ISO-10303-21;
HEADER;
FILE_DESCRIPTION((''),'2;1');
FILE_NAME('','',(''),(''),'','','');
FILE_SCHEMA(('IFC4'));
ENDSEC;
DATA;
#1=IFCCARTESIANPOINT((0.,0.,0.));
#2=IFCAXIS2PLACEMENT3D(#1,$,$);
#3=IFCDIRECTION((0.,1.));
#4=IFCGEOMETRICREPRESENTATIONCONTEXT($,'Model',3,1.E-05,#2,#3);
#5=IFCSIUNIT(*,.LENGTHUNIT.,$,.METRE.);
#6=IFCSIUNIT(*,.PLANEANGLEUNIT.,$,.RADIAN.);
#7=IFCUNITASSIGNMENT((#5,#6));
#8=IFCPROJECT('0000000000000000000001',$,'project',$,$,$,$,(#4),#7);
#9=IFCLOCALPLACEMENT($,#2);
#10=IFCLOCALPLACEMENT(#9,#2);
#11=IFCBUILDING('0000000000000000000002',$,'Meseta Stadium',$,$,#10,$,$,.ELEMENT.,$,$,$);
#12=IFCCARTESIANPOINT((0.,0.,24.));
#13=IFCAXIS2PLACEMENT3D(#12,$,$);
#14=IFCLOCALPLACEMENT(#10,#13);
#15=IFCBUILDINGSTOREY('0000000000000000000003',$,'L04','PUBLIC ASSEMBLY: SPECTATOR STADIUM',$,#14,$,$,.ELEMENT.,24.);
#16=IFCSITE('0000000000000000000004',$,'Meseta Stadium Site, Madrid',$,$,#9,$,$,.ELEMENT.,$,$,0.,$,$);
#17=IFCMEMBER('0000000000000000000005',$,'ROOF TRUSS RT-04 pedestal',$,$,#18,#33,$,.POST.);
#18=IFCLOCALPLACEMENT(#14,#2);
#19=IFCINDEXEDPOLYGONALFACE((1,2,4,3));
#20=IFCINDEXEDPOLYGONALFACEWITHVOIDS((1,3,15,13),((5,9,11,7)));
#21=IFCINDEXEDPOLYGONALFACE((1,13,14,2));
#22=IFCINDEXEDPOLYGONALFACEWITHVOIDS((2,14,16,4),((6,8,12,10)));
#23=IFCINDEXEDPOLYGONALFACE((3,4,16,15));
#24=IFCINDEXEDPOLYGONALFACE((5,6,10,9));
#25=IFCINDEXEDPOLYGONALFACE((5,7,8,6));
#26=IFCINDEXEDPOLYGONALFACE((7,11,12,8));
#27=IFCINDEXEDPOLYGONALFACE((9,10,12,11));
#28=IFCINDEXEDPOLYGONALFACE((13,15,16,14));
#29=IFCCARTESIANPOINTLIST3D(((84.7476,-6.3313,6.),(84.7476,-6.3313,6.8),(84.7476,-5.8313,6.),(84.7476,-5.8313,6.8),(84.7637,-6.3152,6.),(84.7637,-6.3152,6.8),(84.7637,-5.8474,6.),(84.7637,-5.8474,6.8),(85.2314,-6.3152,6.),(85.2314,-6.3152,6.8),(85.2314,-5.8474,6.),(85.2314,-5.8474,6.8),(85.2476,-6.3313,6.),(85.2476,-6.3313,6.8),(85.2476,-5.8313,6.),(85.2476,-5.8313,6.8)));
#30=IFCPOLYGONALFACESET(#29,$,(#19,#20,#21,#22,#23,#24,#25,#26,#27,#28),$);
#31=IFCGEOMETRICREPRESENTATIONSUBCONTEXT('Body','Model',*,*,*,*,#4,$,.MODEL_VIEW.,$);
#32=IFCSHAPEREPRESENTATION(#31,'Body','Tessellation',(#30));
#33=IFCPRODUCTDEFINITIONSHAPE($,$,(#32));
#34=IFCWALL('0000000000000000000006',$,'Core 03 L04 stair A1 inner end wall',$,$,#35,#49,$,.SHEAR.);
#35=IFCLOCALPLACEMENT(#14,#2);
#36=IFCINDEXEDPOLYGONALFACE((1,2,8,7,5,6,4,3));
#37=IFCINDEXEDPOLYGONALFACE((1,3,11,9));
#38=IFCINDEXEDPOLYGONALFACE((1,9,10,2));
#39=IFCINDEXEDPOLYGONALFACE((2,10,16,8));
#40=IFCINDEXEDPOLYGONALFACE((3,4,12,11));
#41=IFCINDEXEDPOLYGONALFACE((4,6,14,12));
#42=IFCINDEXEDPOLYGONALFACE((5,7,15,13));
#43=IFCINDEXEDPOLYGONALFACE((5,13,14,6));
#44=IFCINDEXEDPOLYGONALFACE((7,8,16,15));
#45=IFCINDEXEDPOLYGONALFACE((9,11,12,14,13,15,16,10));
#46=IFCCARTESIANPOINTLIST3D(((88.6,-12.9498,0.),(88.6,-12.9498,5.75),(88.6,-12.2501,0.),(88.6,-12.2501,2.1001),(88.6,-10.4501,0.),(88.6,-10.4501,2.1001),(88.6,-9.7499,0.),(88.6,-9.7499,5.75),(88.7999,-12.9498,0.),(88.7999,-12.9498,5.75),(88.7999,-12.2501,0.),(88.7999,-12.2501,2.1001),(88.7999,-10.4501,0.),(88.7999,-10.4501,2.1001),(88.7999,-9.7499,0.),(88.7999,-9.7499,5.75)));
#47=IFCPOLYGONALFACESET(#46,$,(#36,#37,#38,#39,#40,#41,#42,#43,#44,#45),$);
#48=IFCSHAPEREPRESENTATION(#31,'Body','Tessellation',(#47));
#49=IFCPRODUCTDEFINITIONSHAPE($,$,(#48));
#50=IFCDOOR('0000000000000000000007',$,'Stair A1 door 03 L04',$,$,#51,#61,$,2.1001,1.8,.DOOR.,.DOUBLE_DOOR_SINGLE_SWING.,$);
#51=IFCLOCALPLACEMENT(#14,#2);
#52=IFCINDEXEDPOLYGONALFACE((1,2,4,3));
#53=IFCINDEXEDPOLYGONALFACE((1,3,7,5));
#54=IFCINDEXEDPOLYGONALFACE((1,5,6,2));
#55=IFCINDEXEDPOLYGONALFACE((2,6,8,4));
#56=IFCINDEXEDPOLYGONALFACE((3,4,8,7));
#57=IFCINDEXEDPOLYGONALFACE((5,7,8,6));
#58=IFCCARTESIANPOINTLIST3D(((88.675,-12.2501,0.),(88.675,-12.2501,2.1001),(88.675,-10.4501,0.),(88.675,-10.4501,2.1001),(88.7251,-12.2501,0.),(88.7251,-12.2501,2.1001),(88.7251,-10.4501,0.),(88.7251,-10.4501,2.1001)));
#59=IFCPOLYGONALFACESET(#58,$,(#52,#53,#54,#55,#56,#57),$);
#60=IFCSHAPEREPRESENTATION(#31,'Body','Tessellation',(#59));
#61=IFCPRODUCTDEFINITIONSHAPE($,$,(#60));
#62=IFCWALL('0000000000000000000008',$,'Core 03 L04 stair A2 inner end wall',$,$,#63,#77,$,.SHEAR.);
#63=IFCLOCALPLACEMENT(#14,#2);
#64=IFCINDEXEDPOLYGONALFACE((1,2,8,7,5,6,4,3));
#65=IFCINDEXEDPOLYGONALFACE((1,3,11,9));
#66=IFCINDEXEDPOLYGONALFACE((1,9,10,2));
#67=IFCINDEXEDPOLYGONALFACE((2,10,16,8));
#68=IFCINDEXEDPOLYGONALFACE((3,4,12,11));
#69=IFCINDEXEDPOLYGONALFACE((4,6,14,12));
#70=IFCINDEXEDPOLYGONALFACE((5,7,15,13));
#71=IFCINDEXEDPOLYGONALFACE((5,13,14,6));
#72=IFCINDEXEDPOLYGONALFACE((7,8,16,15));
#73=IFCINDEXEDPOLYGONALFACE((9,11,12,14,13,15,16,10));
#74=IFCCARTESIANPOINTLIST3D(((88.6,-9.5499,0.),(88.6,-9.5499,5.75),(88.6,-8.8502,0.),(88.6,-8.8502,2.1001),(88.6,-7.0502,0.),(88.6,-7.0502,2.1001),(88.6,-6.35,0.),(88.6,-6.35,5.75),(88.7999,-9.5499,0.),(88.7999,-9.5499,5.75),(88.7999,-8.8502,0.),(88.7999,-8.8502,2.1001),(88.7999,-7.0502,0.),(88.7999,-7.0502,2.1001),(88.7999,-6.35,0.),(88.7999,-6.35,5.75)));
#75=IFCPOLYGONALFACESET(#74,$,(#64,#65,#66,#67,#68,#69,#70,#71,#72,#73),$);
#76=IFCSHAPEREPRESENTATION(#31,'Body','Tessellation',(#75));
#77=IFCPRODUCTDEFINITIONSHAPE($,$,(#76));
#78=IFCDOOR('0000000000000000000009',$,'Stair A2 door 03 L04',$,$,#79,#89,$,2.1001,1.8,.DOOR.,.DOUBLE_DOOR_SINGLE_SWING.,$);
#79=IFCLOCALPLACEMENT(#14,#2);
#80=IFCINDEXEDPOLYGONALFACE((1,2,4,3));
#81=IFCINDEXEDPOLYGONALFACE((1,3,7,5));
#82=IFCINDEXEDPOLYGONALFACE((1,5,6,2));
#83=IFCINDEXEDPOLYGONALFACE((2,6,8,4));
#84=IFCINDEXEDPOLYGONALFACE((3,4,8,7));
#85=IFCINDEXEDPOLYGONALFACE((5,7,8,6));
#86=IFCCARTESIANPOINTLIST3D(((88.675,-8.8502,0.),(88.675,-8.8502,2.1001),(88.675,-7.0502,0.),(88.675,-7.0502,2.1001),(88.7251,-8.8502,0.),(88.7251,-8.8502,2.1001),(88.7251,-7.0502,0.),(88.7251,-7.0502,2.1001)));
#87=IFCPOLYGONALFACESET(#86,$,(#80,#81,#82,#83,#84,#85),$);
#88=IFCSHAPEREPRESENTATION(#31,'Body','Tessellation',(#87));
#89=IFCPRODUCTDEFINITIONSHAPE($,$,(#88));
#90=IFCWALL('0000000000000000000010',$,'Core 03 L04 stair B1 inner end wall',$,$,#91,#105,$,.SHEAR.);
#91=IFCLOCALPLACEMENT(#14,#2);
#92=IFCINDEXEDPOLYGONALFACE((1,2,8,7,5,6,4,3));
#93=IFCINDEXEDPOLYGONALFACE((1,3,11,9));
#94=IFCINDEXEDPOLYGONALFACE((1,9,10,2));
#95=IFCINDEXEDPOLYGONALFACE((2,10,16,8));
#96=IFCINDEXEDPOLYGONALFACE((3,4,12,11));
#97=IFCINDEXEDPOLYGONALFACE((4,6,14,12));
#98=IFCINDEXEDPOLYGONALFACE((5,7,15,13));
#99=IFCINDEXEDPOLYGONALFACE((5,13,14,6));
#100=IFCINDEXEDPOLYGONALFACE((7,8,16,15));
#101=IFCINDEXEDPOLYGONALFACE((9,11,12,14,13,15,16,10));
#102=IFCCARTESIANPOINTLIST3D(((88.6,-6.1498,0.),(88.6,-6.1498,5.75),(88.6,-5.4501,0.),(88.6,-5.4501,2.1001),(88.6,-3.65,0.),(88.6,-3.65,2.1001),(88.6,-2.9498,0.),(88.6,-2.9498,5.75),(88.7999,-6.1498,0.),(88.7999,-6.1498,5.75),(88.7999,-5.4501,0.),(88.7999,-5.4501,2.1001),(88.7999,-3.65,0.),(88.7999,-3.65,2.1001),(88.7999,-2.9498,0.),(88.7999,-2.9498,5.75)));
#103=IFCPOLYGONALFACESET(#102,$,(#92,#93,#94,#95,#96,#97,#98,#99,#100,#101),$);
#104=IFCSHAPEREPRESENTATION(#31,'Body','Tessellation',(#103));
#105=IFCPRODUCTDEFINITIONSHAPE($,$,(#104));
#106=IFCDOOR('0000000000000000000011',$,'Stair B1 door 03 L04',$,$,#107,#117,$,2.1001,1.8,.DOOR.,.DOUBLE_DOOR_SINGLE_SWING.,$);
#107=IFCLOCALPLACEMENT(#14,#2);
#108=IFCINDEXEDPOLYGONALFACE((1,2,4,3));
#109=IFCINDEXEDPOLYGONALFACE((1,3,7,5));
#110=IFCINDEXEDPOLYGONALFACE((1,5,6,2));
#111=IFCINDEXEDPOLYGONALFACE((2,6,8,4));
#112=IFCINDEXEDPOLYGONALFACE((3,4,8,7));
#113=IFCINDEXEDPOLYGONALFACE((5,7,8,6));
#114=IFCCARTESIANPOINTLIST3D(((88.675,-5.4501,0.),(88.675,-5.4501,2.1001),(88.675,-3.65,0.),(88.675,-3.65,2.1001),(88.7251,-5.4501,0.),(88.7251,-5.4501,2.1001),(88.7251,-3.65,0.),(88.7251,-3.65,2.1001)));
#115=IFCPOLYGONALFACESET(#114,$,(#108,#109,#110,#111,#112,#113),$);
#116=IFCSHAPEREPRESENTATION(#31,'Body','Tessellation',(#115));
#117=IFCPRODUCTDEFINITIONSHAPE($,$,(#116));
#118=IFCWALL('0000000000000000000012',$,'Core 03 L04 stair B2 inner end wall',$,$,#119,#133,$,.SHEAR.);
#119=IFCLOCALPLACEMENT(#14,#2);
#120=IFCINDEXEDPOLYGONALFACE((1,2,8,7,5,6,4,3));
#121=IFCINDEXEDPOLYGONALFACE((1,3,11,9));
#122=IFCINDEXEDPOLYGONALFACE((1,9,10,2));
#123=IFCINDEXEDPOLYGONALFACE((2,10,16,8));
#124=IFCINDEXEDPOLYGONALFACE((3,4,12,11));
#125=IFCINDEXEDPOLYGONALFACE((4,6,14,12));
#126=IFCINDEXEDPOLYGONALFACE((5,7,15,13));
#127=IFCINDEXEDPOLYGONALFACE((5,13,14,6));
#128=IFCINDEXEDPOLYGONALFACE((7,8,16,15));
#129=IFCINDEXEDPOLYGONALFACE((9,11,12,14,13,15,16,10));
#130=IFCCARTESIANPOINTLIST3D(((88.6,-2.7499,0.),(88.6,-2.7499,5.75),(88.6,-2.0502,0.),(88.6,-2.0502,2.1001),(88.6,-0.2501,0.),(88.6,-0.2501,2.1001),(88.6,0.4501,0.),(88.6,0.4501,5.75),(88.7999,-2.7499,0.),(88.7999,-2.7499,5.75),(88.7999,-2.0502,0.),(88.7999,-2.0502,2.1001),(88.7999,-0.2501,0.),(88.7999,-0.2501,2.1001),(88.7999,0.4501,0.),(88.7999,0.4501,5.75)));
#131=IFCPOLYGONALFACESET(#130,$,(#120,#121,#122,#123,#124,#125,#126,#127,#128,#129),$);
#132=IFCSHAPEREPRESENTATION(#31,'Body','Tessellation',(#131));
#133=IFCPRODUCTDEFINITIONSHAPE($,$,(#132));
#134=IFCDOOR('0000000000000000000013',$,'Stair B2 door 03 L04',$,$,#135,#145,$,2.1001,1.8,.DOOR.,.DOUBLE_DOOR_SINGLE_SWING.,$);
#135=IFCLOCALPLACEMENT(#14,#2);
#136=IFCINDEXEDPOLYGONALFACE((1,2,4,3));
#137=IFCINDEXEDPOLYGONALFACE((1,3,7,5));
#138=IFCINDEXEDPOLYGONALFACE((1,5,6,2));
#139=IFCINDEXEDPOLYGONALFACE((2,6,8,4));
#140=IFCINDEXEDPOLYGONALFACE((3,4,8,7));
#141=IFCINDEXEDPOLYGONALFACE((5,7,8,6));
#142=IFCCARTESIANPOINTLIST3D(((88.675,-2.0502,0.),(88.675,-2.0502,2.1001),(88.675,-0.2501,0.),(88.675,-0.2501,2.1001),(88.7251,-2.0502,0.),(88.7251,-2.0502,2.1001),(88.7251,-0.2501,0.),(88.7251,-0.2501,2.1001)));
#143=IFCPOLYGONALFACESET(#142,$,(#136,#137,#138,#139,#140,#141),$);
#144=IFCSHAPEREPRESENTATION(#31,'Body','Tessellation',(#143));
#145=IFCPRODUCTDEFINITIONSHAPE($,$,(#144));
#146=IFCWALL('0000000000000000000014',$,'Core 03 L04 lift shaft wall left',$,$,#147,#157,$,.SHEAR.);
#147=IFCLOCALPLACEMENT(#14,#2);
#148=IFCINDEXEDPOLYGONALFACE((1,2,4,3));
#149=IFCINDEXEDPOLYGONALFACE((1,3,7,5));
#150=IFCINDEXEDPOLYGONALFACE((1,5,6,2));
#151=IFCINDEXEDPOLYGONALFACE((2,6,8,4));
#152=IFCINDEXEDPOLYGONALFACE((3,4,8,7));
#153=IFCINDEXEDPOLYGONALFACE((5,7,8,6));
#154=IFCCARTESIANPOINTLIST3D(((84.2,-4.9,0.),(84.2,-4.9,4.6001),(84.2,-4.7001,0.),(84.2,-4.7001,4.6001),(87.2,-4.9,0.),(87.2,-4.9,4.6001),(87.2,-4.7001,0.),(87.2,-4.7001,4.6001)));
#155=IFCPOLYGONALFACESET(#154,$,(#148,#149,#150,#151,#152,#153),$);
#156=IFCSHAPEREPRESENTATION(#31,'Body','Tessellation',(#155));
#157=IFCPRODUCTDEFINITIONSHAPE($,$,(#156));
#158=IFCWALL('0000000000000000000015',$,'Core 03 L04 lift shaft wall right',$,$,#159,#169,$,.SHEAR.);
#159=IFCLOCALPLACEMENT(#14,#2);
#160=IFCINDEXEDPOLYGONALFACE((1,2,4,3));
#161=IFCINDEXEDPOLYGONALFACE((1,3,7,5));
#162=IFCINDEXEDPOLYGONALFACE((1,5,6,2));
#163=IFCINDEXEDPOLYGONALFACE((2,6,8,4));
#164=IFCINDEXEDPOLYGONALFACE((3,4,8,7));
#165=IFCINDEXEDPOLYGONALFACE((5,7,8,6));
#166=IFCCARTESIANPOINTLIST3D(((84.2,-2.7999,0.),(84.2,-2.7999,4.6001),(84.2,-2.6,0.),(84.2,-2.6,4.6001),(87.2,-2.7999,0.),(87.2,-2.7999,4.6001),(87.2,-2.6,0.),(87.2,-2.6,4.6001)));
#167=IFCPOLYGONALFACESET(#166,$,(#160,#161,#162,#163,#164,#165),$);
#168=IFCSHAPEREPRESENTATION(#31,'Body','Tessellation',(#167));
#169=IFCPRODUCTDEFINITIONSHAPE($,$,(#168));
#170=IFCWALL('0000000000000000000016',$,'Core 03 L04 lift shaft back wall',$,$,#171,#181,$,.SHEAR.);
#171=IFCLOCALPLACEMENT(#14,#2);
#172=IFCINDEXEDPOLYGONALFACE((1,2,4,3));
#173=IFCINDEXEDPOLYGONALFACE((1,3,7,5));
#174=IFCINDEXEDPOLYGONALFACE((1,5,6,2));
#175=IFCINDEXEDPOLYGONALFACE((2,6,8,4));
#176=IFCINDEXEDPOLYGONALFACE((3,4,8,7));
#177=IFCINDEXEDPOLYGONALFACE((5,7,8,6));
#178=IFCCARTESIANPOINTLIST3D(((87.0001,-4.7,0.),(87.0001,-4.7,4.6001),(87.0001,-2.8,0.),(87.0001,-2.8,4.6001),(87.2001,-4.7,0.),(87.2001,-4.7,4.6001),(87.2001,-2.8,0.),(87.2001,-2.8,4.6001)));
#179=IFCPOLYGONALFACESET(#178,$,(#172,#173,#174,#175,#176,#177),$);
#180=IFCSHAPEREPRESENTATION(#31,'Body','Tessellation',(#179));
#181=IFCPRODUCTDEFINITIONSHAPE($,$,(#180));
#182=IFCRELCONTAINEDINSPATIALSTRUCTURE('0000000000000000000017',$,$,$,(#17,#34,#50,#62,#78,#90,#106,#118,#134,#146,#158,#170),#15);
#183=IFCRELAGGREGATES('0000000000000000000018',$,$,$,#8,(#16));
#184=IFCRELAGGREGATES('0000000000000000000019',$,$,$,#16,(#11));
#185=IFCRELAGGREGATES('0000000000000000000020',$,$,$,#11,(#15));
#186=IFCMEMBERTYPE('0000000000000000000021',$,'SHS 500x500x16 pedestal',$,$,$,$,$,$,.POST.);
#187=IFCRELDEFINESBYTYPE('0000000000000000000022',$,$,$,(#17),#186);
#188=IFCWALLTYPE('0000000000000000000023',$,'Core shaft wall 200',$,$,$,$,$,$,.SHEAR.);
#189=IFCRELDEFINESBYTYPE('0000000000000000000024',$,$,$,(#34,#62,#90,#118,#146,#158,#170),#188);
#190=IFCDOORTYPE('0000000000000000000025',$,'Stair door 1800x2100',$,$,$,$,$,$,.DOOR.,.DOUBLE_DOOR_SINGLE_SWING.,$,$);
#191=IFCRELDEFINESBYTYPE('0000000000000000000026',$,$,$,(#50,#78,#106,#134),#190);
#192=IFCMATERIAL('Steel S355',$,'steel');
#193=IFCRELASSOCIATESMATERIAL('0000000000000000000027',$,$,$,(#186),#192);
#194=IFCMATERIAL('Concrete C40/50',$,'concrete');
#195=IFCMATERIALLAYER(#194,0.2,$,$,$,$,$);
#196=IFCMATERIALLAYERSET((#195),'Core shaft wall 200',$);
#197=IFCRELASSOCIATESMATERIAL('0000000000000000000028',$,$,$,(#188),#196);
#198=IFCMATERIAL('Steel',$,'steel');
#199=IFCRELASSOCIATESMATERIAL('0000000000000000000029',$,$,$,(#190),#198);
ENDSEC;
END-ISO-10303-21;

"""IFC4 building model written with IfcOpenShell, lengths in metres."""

from ifc_helpers import new_model, si_unit, direction, frame, frame_2d, origin, origin_2d, place, context, subcontext, project, spatial, rectangle, hollow_rectangle, extrude, material, layer, layer_set, material_profile, profile_set, type_object, element, fill, save


model = new_model("IFC4")

# Units and contexts
model_context = context("Model", 3, precision=1e-05, world=origin(), true_north=direction((0.0, 1.0)))
body_context = subcontext(model_context, "Body", "Model", "MODEL_VIEW")
ifc_project = project(units=[si_unit("LENGTHUNIT", "METRE"), si_unit("PLANEANGLEUNIT", "RADIAN")], contexts=[model_context])

# Site, building, storey
site_placement = place(None, origin())
site = spatial("IfcSite", under=ifc_project, at=site_placement, Name="Meseta Stadium Site, Madrid", CompositionType="ELEMENT", RefElevation=0.0)
building_placement = place(site_placement, origin())
building = spatial("IfcBuilding", under=site, at=building_placement, Name="Meseta Stadium", CompositionType="ELEMENT")
storey_placement = place(building_placement, frame((0.0, 0.0, 24.0)))
storey = spatial("IfcBuildingStorey", under=building, at=storey_placement, Name="L04", Description="PUBLIC ASSEMBLY: SPECTATOR STADIUM", CompositionType="ELEMENT", Elevation=24.0)

# Member
ifc_material_1 = material(Name="Steel S355", Category="steel")
ifc_material_profile_1 = material_profile(ifc_material_1, hollow_rectangle(XDim=0.5, YDim=0.5, WallThickness=0.0161, at=origin_2d()), Name="SHS 500x500x16")
ifc_profile_set_1 = profile_set([ifc_material_profile_1], Name="Steel S355")
member_type_1 = type_object("IfcMemberType", Name="SHS 500x500x16 pedestal", PredefinedType="POST", material=ifc_profile_set_1)
member_1_placement = place(storey_placement, frame((84.9976, -6.0813, 6.0), z_axis=(0.0, 0.0, 1.0), x_axis=(1.0, 0.0, 0.0)))
element("IfcMember", 1, at=member_1_placement, inside=storey, type_object=member_type_1, Name="ROOF TRUSS RT-04 pedestal", PredefinedType="POST", context=body_context, shape_type="SweptSolid", body=[
    extrude(hollow_rectangle(XDim=0.5, YDim=0.5, WallThickness=0.0161, at=origin_2d()), origin(), (0.0, 0.0, 1.0), 0.8),
])

# Walls, openings, doors
ifc_material_2 = material(Name="Concrete C40/50", Category="concrete")
ifc_layer_1 = layer(ifc_material_2, 0.2)
ifc_layer_set_1 = layer_set([ifc_layer_1], Name="Core shaft wall 200")
wall_type_1 = type_object("IfcWallType", Name="Core shaft wall 200", PredefinedType="SHEAR", material=ifc_layer_set_1)
wall_1_placement = place(storey_placement, frame((88.7, -12.95, 0.0), z_axis=(0.0, 0.0, 1.0), x_axis=(0.0, 1.0, 0.0)))
wall_1 = element("IfcWall", 2, at=wall_1_placement, inside=storey, type_object=wall_type_1, Name="Core 03 L04 stair A1 inner end wall", PredefinedType="SHEAR", context=body_context, shape_type="SweptSolid", body=[
    extrude(rectangle(XDim=3.2, YDim=0.2, at=frame_2d((1.6001, 0.0))), origin(), (0.0, 0.0, 1.0), 5.75),
])
opening_1_placement = place(wall_1_placement, frame((0.7, 0.0, 0.0)))
opening_1 = element("IfcOpeningElement", 3, at=opening_1_placement, cuts=wall_1, PredefinedType="OPENING", context=body_context, shape_type="SweptSolid", body=[
    extrude(rectangle(XDim=1.8, YDim=2.1001, at=frame_2d((0.8999, 1.05))), frame((0.0, 0.1099, 0.0), z_axis=(0.0, -1.0, 0.0), x_axis=(1.0, 0.0, 0.0)), (0.0, 0.0, 1.0), 0.22),
])
ifc_material_3 = material(Name="Steel", Category="steel")
door_type_1 = type_object("IfcDoorType", Name="Stair door 1800x2100", OperationType="DOUBLE_DOOR_SINGLE_SWING", PredefinedType="DOOR", material=ifc_material_3)
door_1_placement = place(opening_1_placement, origin())
door_1 = element("IfcDoor", 4, at=door_1_placement, inside=storey, type_object=door_type_1, Name="Stair A1 door 03 L04", OperationType="DOUBLE_DOOR_SINGLE_SWING", OverallHeight=2.1001, OverallWidth=1.8, PredefinedType="DOOR", context=body_context, shape_type="SweptSolid", body=[
    extrude(rectangle(XDim=1.8, YDim=2.1001, at=frame_2d((0.8999, 1.05))), frame((0.0, 0.0249, 0.0), z_axis=(0.0, -1.0, 0.0), x_axis=(1.0, 0.0, 0.0)), (0.0, 0.0, 1.0), 0.05),
])
fill(opening_1, door_1)
wall_2_placement = place(storey_placement, frame((88.7, -9.55, 0.0), z_axis=(0.0, 0.0, 1.0), x_axis=(0.0, 1.0, 0.0)))
wall_2 = element("IfcWall", 5, at=wall_2_placement, inside=storey, type_object=wall_type_1, Name="Core 03 L04 stair A2 inner end wall", PredefinedType="SHEAR", context=body_context, shape_type="SweptSolid", body=[
    extrude(rectangle(XDim=3.2, YDim=0.2, at=frame_2d((1.6001, 0.0))), origin(), (0.0, 0.0, 1.0), 5.75),
])
opening_2_placement = place(wall_2_placement, frame((0.7, 0.0, 0.0)))
opening_2 = element("IfcOpeningElement", 6, at=opening_2_placement, cuts=wall_2, PredefinedType="OPENING", context=body_context, shape_type="SweptSolid", body=[
    extrude(rectangle(XDim=1.8, YDim=2.1001, at=frame_2d((0.8999, 1.05))), frame((0.0, 0.1099, 0.0), z_axis=(0.0, -1.0, 0.0), x_axis=(1.0, 0.0, 0.0)), (0.0, 0.0, 1.0), 0.22),
])
door_2_placement = place(opening_2_placement, origin())
door_2 = element("IfcDoor", 7, at=door_2_placement, inside=storey, type_object=door_type_1, Name="Stair A2 door 03 L04", OperationType="DOUBLE_DOOR_SINGLE_SWING", OverallHeight=2.1001, OverallWidth=1.8, PredefinedType="DOOR", context=body_context, shape_type="SweptSolid", body=[
    extrude(rectangle(XDim=1.8, YDim=2.1001, at=frame_2d((0.8999, 1.05))), frame((0.0, 0.0249, 0.0), z_axis=(0.0, -1.0, 0.0), x_axis=(1.0, 0.0, 0.0)), (0.0, 0.0, 1.0), 0.05),
])
fill(opening_2, door_2)
wall_3_placement = place(storey_placement, frame((88.7, -6.1499, 0.0), z_axis=(0.0, 0.0, 1.0), x_axis=(0.0, 1.0, 0.0)))
wall_3 = element("IfcWall", 8, at=wall_3_placement, inside=storey, type_object=wall_type_1, Name="Core 03 L04 stair B1 inner end wall", PredefinedType="SHEAR", context=body_context, shape_type="SweptSolid", body=[
    extrude(rectangle(XDim=3.2, YDim=0.2, at=frame_2d((1.6001, 0.0))), origin(), (0.0, 0.0, 1.0), 5.75),
])
opening_3_placement = place(wall_3_placement, frame((0.7, 0.0, 0.0)))
opening_3 = element("IfcOpeningElement", 9, at=opening_3_placement, cuts=wall_3, PredefinedType="OPENING", context=body_context, shape_type="SweptSolid", body=[
    extrude(rectangle(XDim=1.8, YDim=2.1001, at=frame_2d((0.8999, 1.05))), frame((0.0, 0.1099, 0.0), z_axis=(0.0, -1.0, 0.0), x_axis=(1.0, 0.0, 0.0)), (0.0, 0.0, 1.0), 0.22),
])
door_3_placement = place(opening_3_placement, origin())
door_3 = element("IfcDoor", 10, at=door_3_placement, inside=storey, type_object=door_type_1, Name="Stair B1 door 03 L04", OperationType="DOUBLE_DOOR_SINGLE_SWING", OverallHeight=2.1001, OverallWidth=1.8, PredefinedType="DOOR", context=body_context, shape_type="SweptSolid", body=[
    extrude(rectangle(XDim=1.8, YDim=2.1001, at=frame_2d((0.8999, 1.05))), frame((0.0, 0.0249, 0.0), z_axis=(0.0, -1.0, 0.0), x_axis=(1.0, 0.0, 0.0)), (0.0, 0.0, 1.0), 0.05),
])
fill(opening_3, door_3)
wall_4_placement = place(storey_placement, frame((88.7, -2.75, 0.0), z_axis=(0.0, 0.0, 1.0), x_axis=(0.0, 1.0, 0.0)))
wall_4 = element("IfcWall", 11, at=wall_4_placement, inside=storey, type_object=wall_type_1, Name="Core 03 L04 stair B2 inner end wall", PredefinedType="SHEAR", context=body_context, shape_type="SweptSolid", body=[
    extrude(rectangle(XDim=3.2, YDim=0.2, at=frame_2d((1.6001, 0.0))), origin(), (0.0, 0.0, 1.0), 5.75),
])
opening_4_placement = place(wall_4_placement, frame((0.7, 0.0, 0.0)))
opening_4 = element("IfcOpeningElement", 12, at=opening_4_placement, cuts=wall_4, PredefinedType="OPENING", context=body_context, shape_type="SweptSolid", body=[
    extrude(rectangle(XDim=1.8, YDim=2.1001, at=frame_2d((0.8999, 1.05))), frame((0.0, 0.1099, 0.0), z_axis=(0.0, -1.0, 0.0), x_axis=(1.0, 0.0, 0.0)), (0.0, 0.0, 1.0), 0.22),
])
door_4_placement = place(opening_4_placement, origin())
door_4 = element("IfcDoor", 13, at=door_4_placement, inside=storey, type_object=door_type_1, Name="Stair B2 door 03 L04", OperationType="DOUBLE_DOOR_SINGLE_SWING", OverallHeight=2.1001, OverallWidth=1.8, PredefinedType="DOOR", context=body_context, shape_type="SweptSolid", body=[
    extrude(rectangle(XDim=1.8, YDim=2.1001, at=frame_2d((0.8999, 1.05))), frame((0.0, 0.0249, 0.0), z_axis=(0.0, -1.0, 0.0), x_axis=(1.0, 0.0, 0.0)), (0.0, 0.0, 1.0), 0.05),
])
fill(opening_4, door_4)

# Walls
for number, where, z_axis, x_axis, name in (
    (14, (87.2, -4.8, 0.0), (0.0, 0.0, 1.0), (-1.0, 0.0, 0.0), "Core 03 L04 lift shaft wall left"),
    (15, (87.2, -2.7, 0.0), (0.0, 0.0, 1.0), (-1.0, 0.0, 0.0), "Core 03 L04 lift shaft wall right"),
):
    element("IfcWall", number, at=place(storey_placement, frame(where, z_axis=z_axis, x_axis=x_axis)), inside=storey, type_object=wall_type_1, Name=name, PredefinedType="SHEAR", context=body_context, shape_type="SweptSolid", body=[
        extrude(rectangle(XDim=3.0, YDim=0.2, at=frame_2d((1.5, 0.0))), origin(), (0.0, 0.0, 1.0), 4.6001),
    ])
wall_5_placement = place(storey_placement, frame((87.1001, -4.7, 0.0), z_axis=(0.0, 0.0, 1.0), x_axis=(0.0, 1.0, 0.0)))
element("IfcWall", 16, at=wall_5_placement, inside=storey, type_object=wall_type_1, Name="Core 03 L04 lift shaft back wall", PredefinedType="SHEAR", context=body_context, shape_type="SweptSolid", body=[
    extrude(rectangle(XDim=1.8999, YDim=0.2, at=frame_2d((0.95, 0.0))), origin(), (0.0, 0.0, 1.0), 4.6001),
])

save(model, "model.ifc")
